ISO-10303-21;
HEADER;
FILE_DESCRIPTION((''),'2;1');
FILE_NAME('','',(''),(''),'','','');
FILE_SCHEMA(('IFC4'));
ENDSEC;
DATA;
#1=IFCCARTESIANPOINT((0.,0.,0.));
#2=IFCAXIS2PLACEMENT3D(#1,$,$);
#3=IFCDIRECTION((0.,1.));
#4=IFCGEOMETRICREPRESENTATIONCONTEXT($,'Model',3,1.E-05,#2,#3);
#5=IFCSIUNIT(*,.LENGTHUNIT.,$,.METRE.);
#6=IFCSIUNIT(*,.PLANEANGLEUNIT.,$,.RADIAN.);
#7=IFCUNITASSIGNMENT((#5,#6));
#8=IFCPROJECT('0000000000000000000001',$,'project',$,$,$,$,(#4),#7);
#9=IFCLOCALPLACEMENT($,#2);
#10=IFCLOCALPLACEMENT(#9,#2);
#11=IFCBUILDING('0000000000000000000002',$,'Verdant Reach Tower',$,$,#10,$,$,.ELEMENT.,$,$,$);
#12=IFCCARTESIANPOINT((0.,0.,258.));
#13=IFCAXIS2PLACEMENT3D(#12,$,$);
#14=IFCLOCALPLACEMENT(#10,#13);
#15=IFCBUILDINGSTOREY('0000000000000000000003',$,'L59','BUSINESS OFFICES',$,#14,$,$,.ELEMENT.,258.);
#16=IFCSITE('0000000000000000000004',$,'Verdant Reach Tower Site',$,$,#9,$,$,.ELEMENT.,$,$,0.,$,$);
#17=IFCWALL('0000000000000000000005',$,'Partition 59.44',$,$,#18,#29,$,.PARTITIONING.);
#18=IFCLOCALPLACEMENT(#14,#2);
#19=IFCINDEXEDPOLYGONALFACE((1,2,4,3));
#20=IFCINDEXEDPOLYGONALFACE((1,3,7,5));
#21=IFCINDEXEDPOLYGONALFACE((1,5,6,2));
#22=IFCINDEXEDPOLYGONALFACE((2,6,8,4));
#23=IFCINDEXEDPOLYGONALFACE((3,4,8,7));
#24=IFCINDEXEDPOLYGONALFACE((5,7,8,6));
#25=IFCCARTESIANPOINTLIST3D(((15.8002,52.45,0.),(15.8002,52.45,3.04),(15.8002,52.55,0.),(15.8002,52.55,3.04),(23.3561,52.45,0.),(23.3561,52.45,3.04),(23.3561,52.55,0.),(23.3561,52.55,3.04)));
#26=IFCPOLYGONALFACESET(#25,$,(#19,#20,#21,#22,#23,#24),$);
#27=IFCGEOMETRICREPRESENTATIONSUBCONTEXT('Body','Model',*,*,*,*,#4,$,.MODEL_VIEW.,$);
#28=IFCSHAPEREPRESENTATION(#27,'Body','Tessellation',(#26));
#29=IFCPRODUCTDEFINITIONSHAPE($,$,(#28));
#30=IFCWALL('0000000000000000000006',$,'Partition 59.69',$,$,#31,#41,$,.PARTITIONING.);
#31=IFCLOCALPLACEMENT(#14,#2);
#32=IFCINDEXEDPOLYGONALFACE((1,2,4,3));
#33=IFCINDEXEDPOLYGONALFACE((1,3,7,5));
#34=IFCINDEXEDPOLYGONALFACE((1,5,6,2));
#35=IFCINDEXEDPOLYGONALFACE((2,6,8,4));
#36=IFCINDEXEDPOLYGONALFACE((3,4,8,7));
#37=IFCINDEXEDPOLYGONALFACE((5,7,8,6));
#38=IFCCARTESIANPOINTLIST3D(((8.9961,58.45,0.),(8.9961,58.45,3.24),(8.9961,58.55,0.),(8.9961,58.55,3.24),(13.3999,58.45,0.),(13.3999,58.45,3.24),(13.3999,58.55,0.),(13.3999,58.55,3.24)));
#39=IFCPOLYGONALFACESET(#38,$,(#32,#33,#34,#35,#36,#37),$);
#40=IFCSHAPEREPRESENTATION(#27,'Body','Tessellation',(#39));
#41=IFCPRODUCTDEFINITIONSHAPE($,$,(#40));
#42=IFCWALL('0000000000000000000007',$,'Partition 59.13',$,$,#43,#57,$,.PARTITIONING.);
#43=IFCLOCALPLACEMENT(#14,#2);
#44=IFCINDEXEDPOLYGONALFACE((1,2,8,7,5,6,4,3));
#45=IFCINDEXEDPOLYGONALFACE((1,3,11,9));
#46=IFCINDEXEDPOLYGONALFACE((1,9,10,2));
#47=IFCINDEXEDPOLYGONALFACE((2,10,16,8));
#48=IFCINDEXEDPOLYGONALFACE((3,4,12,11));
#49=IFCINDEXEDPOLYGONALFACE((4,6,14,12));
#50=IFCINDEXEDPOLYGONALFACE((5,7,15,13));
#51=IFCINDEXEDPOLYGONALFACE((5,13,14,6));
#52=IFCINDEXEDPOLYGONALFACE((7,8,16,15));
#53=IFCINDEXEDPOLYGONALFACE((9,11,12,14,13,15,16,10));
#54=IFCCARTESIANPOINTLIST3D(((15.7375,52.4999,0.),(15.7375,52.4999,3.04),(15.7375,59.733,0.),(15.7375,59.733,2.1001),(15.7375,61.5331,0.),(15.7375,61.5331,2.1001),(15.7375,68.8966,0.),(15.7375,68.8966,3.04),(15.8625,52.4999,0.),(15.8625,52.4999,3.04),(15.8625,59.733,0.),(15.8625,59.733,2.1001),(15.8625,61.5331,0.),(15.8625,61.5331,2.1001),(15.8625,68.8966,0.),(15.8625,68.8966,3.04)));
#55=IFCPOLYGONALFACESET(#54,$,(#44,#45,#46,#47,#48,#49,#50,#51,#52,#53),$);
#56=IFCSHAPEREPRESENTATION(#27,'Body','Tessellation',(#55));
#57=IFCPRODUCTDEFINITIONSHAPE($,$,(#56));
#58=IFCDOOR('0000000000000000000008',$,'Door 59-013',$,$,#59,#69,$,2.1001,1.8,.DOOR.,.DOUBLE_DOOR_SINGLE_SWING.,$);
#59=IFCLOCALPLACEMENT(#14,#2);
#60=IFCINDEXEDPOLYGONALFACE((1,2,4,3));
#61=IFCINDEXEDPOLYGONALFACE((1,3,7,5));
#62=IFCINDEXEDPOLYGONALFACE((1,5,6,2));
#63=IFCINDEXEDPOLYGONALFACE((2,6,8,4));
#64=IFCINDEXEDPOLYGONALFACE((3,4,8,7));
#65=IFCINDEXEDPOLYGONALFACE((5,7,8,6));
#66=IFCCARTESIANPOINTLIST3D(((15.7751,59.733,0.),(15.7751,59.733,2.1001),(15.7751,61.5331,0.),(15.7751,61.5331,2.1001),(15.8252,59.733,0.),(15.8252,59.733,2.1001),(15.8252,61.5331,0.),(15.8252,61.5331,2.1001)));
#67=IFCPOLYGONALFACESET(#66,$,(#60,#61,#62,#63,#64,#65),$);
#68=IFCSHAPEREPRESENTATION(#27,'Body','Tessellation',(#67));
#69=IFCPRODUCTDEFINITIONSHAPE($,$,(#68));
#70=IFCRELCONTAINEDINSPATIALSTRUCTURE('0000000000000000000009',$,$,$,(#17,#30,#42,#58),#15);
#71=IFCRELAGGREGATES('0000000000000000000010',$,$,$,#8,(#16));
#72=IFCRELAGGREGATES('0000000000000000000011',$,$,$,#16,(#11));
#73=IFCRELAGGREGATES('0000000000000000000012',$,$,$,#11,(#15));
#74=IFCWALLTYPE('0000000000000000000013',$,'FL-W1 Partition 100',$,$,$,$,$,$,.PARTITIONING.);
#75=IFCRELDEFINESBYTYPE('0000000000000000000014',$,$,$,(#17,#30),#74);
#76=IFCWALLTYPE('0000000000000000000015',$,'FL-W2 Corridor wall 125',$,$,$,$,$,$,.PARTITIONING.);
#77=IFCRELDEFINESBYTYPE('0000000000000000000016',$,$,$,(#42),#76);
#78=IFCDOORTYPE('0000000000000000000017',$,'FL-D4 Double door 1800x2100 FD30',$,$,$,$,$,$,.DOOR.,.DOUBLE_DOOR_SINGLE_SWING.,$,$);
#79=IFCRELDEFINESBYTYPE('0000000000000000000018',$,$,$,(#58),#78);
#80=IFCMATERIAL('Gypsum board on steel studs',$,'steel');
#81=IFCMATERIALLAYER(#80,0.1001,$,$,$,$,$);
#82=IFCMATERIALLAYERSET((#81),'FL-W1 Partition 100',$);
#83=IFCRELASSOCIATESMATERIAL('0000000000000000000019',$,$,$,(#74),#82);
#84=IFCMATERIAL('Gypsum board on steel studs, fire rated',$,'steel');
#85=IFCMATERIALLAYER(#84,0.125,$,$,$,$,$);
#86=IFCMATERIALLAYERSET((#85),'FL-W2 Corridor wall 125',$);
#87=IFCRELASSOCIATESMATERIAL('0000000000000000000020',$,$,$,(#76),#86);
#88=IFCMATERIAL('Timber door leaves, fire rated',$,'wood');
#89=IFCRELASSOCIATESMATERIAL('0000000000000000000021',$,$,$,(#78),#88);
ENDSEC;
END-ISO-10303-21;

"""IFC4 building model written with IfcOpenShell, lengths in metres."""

from ifc_helpers import new_model, si_unit, direction, frame, frame_2d, origin, place, context, subcontext, project, spatial, rectangle, extrude, material, layer, layer_set, type_object, element, fill, save


model = new_model("IFC4")

# Units and contexts
model_context = context("Model", 3, precision=1e-05, world=origin(), true_north=direction((0.0, 1.0)))
body_context = subcontext(model_context, "Body", "Model", "MODEL_VIEW")
ifc_project = project(units=[si_unit("LENGTHUNIT", "METRE"), si_unit("PLANEANGLEUNIT", "RADIAN")], contexts=[model_context])

# Site, building, storey
site_placement = place(None, origin())
site = spatial("IfcSite", under=ifc_project, at=site_placement, Name="Verdant Reach Tower Site", CompositionType="ELEMENT", RefElevation=0.0)
building_placement = place(site_placement, origin())
building = spatial("IfcBuilding", under=site, at=building_placement, Name="Verdant Reach Tower", CompositionType="ELEMENT")
storey_placement = place(building_placement, frame((0.0, 0.0, 258.0)))
storey = spatial("IfcBuildingStorey", under=building, at=storey_placement, Name="L59", Description="BUSINESS OFFICES", CompositionType="ELEMENT", Elevation=258.0)

# Walls
ifc_material_1 = material(Name="Gypsum board on steel studs", Category="steel")
ifc_layer_1 = layer(ifc_material_1, 0.1001)
ifc_layer_set_1 = layer_set([ifc_layer_1], Name="FL-W1 Partition 100")
wall_type_1 = type_object("IfcWallType", Name="FL-W1 Partition 100", PredefinedType="PARTITIONING", material=ifc_layer_set_1)
wall_1_placement = place(storey_placement, frame((23.356, 52.5, 0.0), z_axis=(0.0, 0.0, 1.0), x_axis=(-1.0, 0.0, 0.0)))
element("IfcWall", 1, at=wall_1_placement, inside=storey, type_object=wall_type_1, Name="Partition 59.44", PredefinedType="PARTITIONING", context=body_context, shape_type="SweptSolid", body=[
    extrude(rectangle(XDim=7.5559, YDim=0.1001, at=frame_2d((3.7778, 0.0))), origin(), (0.0, 0.0, 1.0), 3.04),
])
wall_2_placement = place(storey_placement, frame((13.3999, 58.5, 0.0), z_axis=(0.0, 0.0, 1.0), x_axis=(-1.0, 0.0, 0.0)))
element("IfcWall", 2, at=wall_2_placement, inside=storey, type_object=wall_type_1, Name="Partition 59.69", PredefinedType="PARTITIONING", context=body_context, shape_type="SweptSolid", body=[
    extrude(rectangle(XDim=4.4038, YDim=0.1001, at=frame_2d((2.2019, 0.0))), origin(), (0.0, 0.0, 1.0), 3.24),
])

# Wall, opening, door
ifc_material_2 = material(Name="Gypsum board on steel studs, fire rated", Category="steel")
ifc_layer_2 = layer(ifc_material_2, 0.125)
ifc_layer_set_2 = layer_set([ifc_layer_2], Name="FL-W2 Corridor wall 125")
wall_type_2 = type_object("IfcWallType", Name="FL-W2 Corridor wall 125", PredefinedType="PARTITIONING", material=ifc_layer_set_2)
wall_3_placement = place(storey_placement, frame((15.8, 52.5, 0.0), z_axis=(0.0, 0.0, 1.0), x_axis=(0.0, 1.0, 0.0)))
wall_3 = element("IfcWall", 3, at=wall_3_placement, inside=storey, type_object=wall_type_2, Name="Partition 59.13", PredefinedType="PARTITIONING", context=body_context, shape_type="SweptSolid", body=[
    extrude(rectangle(XDim=16.3967, YDim=0.125, at=frame_2d((8.1982, 0.0))), origin(), (0.0, 0.0, 1.0), 3.04),
])
opening_placement = place(wall_3_placement, frame((7.2332, 0.0, 0.0)))
opening = element("IfcOpeningElement", 4, at=opening_placement, cuts=wall_3, PredefinedType="OPENING", context=body_context, shape_type="SweptSolid", body=[
    extrude(rectangle(XDim=1.8, YDim=2.1001, at=frame_2d((0.8999, 1.05))), frame((0.0, 0.0725, 0.0), z_axis=(0.0, -1.0, 0.0), x_axis=(1.0, 0.0, 0.0)), (0.0, 0.0, 1.0), 0.145),
])
ifc_material_3 = material(Name="Timber door leaves, fire rated", Category="wood")
door_type = type_object("IfcDoorType", Name="FL-D4 Double door 1800x2100 FD30", OperationType="DOUBLE_DOOR_SINGLE_SWING", PredefinedType="DOOR", material=ifc_material_3)
door_placement = place(opening_placement, origin())
door = element("IfcDoor", 5, at=door_placement, inside=storey, type_object=door_type, Name="Door 59-013", OperationType="DOUBLE_DOOR_SINGLE_SWING", OverallHeight=2.1001, OverallWidth=1.8, PredefinedType="DOOR", context=body_context, shape_type="SweptSolid", body=[
    extrude(rectangle(XDim=1.8, YDim=2.1001, at=frame_2d((0.8999, 1.05))), frame((0.0, 0.0249, 0.0), z_axis=(0.0, -1.0, 0.0), x_axis=(1.0, 0.0, 0.0)), (0.0, 0.0, 1.0), 0.05),
])
fill(opening, door)

save(model, "model.ifc")
